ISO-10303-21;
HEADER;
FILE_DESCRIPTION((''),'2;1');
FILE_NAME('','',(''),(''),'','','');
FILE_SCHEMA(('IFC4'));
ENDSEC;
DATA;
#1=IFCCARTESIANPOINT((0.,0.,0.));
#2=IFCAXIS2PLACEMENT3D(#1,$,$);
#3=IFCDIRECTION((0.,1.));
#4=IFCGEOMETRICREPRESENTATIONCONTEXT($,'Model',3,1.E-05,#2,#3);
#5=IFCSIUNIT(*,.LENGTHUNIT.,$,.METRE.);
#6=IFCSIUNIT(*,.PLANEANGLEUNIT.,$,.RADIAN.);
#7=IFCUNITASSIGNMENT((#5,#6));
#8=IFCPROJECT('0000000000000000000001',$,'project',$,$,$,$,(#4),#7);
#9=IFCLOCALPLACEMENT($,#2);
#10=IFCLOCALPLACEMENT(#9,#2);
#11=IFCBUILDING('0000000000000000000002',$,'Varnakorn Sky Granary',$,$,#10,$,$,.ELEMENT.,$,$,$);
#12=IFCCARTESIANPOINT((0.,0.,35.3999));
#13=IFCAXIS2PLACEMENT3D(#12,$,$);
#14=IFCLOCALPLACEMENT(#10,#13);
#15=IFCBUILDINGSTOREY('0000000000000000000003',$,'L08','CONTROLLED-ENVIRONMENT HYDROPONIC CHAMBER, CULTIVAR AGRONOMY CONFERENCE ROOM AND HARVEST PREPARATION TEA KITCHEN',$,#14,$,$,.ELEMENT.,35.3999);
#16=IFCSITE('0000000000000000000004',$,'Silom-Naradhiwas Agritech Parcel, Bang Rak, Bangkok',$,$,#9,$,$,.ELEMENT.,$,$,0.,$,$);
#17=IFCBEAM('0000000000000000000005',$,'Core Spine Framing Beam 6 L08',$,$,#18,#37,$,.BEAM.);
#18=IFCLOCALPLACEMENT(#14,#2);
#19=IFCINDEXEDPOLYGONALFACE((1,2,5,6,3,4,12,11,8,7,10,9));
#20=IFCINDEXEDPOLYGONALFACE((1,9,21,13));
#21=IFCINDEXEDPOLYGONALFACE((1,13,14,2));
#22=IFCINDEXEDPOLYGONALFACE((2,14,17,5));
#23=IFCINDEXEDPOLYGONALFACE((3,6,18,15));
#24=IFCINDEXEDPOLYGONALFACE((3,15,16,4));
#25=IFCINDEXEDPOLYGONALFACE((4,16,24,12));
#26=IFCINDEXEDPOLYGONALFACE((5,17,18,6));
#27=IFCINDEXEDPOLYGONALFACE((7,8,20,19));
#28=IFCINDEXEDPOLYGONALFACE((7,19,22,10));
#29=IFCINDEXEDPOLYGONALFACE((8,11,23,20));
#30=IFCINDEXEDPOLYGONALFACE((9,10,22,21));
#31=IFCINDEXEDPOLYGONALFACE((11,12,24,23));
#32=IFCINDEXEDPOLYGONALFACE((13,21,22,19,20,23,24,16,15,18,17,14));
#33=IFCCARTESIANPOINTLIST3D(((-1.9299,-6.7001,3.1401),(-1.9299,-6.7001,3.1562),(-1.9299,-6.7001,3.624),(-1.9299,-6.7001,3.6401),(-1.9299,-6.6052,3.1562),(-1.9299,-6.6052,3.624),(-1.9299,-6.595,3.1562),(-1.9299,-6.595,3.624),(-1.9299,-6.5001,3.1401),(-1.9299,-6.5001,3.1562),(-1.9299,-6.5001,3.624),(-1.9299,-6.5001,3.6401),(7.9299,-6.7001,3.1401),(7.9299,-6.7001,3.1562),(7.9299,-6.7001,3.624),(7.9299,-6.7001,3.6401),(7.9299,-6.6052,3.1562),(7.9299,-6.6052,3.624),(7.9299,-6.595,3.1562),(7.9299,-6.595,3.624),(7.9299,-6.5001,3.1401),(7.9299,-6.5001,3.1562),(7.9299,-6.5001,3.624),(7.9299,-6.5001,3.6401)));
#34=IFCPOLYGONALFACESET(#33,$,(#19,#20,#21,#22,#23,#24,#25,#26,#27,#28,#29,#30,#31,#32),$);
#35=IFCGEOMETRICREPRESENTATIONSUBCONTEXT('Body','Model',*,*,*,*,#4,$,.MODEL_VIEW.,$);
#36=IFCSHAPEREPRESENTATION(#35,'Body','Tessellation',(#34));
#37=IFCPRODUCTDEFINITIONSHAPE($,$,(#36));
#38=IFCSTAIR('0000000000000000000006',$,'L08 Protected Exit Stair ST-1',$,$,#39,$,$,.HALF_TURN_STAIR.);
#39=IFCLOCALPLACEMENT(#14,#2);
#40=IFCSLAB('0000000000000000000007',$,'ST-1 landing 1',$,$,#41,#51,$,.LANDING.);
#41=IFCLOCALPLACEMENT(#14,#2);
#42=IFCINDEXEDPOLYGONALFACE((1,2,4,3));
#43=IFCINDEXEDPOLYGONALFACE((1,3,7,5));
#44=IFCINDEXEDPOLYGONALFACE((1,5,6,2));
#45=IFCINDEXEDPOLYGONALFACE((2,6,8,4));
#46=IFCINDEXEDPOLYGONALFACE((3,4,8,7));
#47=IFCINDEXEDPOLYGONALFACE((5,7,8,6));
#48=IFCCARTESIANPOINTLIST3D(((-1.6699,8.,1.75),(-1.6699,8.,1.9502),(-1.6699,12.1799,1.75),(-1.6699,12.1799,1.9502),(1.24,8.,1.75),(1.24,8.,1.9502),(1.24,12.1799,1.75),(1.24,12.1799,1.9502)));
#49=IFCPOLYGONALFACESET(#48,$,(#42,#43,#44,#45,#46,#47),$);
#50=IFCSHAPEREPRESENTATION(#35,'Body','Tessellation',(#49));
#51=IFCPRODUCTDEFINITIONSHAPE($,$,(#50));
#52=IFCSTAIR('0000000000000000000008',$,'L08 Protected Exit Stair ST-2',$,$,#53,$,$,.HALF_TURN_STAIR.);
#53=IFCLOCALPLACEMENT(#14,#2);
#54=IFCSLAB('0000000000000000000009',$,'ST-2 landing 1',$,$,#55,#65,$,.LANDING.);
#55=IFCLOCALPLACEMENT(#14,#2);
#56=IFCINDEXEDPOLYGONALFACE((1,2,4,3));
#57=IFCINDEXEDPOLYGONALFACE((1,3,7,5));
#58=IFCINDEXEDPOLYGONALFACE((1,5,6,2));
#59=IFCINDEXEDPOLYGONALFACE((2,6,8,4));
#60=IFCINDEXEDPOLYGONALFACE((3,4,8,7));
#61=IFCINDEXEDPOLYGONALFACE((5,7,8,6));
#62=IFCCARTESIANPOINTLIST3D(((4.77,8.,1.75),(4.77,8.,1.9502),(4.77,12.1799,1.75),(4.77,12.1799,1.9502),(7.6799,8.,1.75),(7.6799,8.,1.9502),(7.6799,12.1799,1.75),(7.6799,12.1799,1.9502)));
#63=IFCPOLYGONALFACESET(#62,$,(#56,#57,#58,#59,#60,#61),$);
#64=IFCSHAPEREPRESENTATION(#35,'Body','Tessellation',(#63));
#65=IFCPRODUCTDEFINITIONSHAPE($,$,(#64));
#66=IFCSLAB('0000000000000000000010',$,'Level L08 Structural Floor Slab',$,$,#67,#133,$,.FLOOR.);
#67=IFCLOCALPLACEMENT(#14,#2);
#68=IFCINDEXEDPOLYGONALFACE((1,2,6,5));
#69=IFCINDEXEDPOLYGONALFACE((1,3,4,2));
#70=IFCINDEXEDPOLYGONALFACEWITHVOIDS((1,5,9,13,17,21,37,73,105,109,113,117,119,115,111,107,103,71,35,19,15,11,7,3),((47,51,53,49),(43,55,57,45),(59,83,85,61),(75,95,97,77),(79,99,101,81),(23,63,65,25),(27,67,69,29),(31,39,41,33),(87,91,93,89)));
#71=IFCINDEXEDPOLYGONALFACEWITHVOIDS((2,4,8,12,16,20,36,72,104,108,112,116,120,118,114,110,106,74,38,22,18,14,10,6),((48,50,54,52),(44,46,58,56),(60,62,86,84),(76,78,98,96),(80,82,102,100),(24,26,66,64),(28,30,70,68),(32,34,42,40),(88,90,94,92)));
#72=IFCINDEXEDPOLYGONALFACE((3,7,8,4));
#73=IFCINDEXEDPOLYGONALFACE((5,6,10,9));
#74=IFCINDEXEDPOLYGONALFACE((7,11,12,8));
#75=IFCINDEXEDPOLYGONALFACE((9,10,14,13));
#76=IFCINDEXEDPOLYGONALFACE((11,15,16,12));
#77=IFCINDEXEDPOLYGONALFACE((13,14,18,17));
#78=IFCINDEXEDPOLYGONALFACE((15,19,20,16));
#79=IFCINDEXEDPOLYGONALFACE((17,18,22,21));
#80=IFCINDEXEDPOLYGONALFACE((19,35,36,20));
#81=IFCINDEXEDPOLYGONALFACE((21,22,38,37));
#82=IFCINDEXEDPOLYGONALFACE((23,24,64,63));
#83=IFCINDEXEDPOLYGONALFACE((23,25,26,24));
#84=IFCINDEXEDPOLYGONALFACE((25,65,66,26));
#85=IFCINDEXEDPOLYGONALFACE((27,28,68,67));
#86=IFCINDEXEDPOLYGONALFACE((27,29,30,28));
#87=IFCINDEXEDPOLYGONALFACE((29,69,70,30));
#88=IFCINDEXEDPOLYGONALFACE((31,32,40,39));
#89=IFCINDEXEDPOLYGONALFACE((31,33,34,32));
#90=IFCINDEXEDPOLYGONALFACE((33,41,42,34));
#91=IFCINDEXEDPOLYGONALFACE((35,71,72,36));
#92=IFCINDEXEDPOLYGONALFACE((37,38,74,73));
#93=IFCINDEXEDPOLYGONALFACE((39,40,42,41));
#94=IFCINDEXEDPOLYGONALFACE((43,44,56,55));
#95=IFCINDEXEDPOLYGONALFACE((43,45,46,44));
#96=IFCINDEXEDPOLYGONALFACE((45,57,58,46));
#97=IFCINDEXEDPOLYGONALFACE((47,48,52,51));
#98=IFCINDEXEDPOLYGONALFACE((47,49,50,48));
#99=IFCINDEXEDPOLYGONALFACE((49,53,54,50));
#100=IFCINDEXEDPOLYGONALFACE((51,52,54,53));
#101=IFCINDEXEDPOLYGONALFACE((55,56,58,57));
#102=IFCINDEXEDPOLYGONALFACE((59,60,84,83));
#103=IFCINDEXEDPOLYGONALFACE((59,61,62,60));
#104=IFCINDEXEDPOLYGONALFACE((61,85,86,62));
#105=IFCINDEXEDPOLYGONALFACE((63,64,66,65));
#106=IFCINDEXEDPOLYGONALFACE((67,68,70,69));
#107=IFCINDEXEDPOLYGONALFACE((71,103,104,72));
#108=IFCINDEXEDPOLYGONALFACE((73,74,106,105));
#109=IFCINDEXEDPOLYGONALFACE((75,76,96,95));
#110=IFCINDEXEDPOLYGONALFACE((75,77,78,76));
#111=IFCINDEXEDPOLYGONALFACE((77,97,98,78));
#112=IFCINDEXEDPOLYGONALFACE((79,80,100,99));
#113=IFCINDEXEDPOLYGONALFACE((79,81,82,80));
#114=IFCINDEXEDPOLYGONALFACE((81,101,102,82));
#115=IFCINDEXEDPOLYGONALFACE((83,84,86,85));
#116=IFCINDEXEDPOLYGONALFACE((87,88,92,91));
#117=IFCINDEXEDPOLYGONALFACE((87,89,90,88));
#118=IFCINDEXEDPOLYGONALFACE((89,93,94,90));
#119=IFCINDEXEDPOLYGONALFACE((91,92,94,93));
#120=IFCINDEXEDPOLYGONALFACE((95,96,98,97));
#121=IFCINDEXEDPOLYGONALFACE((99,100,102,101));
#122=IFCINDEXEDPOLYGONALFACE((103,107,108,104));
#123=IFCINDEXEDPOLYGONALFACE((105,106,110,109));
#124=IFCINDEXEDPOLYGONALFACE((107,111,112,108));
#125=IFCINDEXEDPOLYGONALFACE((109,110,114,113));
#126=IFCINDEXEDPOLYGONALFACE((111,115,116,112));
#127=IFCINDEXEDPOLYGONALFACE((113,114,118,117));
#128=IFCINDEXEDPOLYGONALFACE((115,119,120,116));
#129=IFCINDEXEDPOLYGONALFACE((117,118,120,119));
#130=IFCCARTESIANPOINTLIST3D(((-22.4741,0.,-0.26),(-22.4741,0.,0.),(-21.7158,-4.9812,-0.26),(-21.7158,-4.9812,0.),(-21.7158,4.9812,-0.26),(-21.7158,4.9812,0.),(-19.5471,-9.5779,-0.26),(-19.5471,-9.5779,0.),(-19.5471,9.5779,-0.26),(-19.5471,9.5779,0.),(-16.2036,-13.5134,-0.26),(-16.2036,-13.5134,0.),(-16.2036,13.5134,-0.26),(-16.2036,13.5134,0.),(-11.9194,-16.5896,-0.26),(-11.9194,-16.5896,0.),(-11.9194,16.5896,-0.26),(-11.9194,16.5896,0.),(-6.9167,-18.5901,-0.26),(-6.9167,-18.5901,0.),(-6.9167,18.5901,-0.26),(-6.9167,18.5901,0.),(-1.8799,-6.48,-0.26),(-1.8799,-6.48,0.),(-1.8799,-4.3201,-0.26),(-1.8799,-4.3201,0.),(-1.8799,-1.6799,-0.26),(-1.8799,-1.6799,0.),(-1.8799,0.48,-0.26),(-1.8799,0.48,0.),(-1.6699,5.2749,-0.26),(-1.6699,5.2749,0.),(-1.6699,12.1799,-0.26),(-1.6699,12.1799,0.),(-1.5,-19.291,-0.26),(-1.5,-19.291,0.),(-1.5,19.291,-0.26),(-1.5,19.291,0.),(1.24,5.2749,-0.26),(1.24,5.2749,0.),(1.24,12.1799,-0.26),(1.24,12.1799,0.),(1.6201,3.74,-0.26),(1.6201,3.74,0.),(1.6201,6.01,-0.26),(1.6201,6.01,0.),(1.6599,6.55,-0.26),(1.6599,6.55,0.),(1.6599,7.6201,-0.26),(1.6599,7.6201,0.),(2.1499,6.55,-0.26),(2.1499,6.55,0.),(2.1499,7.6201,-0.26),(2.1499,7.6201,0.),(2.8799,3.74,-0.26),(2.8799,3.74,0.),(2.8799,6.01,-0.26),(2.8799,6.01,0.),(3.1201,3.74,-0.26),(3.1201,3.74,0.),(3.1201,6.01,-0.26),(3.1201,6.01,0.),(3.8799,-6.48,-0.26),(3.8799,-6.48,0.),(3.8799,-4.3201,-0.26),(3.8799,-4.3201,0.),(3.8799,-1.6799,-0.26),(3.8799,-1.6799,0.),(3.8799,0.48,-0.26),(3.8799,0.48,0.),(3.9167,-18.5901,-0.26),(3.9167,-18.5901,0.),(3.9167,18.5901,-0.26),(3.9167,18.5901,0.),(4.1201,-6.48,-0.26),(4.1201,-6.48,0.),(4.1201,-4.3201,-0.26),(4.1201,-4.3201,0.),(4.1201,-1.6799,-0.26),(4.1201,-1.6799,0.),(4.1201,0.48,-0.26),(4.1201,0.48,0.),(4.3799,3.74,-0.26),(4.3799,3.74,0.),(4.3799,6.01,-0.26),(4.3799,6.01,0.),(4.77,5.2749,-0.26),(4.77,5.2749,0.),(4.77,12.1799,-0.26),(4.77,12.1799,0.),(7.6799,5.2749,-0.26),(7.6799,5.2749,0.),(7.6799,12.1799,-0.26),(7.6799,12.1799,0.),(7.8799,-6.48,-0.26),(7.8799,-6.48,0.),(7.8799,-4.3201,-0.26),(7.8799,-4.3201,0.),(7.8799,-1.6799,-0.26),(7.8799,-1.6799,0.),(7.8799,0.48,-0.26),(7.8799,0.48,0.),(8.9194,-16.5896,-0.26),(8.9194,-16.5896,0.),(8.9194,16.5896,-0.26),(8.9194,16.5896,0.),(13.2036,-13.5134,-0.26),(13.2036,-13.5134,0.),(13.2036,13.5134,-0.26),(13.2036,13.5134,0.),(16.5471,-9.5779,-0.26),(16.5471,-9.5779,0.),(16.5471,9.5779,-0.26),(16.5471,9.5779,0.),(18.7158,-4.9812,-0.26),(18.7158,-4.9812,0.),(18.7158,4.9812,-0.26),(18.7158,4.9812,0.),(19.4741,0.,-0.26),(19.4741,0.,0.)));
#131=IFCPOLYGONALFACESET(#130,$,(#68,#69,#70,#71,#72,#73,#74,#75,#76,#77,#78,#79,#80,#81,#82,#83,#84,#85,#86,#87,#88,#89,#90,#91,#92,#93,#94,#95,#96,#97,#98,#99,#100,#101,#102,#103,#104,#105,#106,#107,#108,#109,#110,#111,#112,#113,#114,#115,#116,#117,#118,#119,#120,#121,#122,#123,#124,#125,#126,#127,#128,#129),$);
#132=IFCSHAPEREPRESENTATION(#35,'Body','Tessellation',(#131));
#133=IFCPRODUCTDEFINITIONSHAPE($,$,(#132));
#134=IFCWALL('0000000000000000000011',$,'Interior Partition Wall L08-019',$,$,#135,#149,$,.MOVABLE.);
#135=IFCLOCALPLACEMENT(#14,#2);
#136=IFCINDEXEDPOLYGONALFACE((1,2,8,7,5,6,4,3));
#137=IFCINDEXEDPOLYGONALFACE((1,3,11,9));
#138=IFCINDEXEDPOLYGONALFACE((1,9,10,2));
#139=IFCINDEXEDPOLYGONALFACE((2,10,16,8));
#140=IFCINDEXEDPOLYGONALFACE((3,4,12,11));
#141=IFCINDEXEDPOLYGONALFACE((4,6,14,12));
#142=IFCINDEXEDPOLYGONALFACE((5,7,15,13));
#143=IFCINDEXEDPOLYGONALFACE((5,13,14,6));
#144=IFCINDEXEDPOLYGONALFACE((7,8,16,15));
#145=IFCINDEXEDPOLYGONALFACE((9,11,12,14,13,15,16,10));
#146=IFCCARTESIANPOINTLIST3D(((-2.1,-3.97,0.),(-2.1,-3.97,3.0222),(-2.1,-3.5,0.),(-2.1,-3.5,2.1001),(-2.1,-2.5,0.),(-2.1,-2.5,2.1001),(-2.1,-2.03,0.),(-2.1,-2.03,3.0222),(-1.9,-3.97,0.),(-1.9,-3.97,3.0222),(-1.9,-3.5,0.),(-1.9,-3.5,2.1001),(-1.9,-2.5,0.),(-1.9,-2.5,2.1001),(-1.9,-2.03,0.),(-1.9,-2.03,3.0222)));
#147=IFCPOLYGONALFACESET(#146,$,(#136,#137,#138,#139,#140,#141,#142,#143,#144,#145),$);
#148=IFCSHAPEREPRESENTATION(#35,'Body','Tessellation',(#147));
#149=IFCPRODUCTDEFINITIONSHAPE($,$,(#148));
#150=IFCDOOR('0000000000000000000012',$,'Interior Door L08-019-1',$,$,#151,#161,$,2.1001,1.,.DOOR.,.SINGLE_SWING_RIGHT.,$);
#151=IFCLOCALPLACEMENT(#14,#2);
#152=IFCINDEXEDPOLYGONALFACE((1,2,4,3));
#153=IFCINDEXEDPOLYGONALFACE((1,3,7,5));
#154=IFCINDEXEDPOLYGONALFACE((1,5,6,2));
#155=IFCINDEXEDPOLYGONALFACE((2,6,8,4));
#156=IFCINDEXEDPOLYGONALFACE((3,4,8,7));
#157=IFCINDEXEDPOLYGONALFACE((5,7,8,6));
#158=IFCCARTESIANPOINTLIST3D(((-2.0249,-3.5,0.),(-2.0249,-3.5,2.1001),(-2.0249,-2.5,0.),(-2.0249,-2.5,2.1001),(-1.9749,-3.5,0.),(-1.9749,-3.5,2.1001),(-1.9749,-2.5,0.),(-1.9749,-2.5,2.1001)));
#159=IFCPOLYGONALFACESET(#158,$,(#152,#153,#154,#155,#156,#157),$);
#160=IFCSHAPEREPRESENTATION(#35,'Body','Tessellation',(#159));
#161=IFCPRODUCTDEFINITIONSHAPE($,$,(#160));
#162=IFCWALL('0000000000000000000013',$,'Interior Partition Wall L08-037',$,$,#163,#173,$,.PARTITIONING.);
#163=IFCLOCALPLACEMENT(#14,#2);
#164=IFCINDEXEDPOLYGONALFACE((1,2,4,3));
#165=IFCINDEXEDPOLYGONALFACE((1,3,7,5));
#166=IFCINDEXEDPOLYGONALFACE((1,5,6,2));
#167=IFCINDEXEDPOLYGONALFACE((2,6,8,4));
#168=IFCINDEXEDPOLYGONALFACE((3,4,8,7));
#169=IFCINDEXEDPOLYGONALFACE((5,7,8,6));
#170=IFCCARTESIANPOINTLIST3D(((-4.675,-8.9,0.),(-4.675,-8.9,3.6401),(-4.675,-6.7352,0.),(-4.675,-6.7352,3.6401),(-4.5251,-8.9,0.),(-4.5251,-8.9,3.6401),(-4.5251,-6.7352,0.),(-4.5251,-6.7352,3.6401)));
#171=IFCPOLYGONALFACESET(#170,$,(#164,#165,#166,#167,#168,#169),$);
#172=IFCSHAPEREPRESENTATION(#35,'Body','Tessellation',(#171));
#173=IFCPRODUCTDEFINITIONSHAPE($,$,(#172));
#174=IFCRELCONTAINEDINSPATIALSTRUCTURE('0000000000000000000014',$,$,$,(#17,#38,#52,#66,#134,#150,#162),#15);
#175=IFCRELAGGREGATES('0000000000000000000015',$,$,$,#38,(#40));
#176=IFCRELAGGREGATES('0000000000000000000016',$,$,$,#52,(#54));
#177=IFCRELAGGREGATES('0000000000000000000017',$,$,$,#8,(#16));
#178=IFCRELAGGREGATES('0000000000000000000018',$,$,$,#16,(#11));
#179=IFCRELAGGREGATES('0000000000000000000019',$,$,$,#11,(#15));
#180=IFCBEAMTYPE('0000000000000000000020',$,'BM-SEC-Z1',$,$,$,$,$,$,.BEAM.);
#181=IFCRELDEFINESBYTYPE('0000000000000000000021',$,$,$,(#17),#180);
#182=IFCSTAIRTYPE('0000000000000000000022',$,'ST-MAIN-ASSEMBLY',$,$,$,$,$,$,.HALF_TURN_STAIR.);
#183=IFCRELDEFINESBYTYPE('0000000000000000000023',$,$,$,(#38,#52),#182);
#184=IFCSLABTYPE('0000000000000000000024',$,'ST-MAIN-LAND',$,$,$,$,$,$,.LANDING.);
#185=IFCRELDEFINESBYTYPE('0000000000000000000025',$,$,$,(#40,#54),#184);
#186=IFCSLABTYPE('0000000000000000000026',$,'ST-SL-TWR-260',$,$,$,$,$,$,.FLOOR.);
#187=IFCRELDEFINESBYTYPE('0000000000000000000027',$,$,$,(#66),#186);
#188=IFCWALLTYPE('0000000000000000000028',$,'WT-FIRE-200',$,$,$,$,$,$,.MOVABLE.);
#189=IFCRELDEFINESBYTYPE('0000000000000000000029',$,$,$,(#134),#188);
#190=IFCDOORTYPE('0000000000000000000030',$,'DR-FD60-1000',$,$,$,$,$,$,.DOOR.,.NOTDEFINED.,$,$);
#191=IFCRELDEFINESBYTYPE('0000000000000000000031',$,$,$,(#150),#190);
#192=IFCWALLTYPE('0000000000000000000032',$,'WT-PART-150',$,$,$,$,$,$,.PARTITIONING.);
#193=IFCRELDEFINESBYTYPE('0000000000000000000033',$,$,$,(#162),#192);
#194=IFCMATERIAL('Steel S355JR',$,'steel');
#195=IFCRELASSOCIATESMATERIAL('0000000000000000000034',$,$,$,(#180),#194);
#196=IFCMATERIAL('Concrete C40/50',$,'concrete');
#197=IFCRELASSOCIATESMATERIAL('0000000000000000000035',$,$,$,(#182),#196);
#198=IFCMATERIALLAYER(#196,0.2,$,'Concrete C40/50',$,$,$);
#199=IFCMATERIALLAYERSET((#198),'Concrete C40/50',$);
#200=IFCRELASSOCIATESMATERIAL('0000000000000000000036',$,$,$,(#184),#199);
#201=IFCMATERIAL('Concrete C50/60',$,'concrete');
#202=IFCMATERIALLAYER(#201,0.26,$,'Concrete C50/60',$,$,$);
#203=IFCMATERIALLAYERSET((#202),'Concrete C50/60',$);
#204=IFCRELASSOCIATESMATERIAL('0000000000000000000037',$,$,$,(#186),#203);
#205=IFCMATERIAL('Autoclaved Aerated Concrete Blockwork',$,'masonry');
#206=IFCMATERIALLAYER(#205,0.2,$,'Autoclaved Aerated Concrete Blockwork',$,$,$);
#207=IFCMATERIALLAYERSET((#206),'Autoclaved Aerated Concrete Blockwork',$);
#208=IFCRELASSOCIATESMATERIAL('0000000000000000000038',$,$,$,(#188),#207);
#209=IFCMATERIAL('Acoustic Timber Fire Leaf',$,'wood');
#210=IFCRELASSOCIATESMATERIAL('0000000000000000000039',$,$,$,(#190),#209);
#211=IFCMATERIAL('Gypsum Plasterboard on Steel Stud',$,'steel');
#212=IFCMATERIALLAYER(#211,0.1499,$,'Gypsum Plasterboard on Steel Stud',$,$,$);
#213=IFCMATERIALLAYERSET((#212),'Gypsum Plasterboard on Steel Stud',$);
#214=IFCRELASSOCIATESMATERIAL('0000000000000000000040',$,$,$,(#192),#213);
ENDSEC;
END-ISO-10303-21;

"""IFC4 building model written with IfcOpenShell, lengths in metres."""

from ifc_helpers import new_model, si_unit, direction, frame, frame_2d, origin, origin_2d, place, context, subcontext, project, spatial, polyline, rectangle, i_section, outline, extrude, material, layer, layer_set, material_profile, profile_set, type_object, element, fill, aggregate, save


model = new_model("IFC4")

# Units and contexts
model_context = context("Model", 3, precision=1e-05, world=origin(), true_north=direction((0.0, 1.0)))
body_context = subcontext(model_context, "Body", "Model", "MODEL_VIEW")
ifc_project = project(units=[si_unit("LENGTHUNIT", "METRE"), si_unit("PLANEANGLEUNIT", "RADIAN")], contexts=[model_context])

# Site, building, storey
site_placement = place(None, origin())
site = spatial("IfcSite", under=ifc_project, at=site_placement, Name="Silom-Naradhiwas Agritech Parcel, Bang Rak, Bangkok", CompositionType="ELEMENT", RefElevation=0.0)
building_placement = place(site_placement, origin())
building = spatial("IfcBuilding", under=site, at=building_placement, Name="Varnakorn Sky Granary", CompositionType="ELEMENT")
storey_placement = place(building_placement, frame((0.0, 0.0, 35.3999)))
storey = spatial("IfcBuildingStorey", under=building, at=storey_placement, Name="L08", Description="CONTROLLED-ENVIRONMENT HYDROPONIC CHAMBER, CULTIVAR AGRONOMY CONFERENCE ROOM AND HARVEST PREPARATION TEA KITCHEN", CompositionType="ELEMENT", Elevation=35.3999)

# Beam
ifc_material_1 = material(Name="Steel S355JR", Category="steel")
ifc_material_profile_1 = material_profile(ifc_material_1, i_section(OverallWidth=0.2, OverallDepth=0.5, WebThickness=0.0103, FlangeThickness=0.0161, at=origin_2d()), Name="IPE 500")
ifc_profile_set_1 = profile_set([ifc_material_profile_1], Name="Steel S355JR")
beam_type_1 = type_object("IfcBeamType", Name="BM-SEC-Z1", PredefinedType="BEAM", material=ifc_profile_set_1)
beam_1_placement = place(storey_placement, frame((-1.9299, -6.6001, 3.3901), z_axis=(1.0, 0.0, 0.0), x_axis=(0.0, 1.0, 0.0)))
element("IfcBeam", 1, at=beam_1_placement, inside=storey, type_object=beam_type_1, Name="Core Spine Framing Beam 6 L08", PredefinedType="BEAM", context=body_context, shape_type="SweptSolid", body=[
    extrude(i_section(OverallWidth=0.2, OverallDepth=0.5, WebThickness=0.0103, FlangeThickness=0.0161, at=origin_2d()), origin(), (0.0, 0.0, 1.0), 9.8599),
])

# Stairs, slabs
ifc_material_2 = material(Name="Concrete C40/50", Category="concrete")
stair_type = type_object("IfcStairType", Name="ST-MAIN-ASSEMBLY", PredefinedType="HALF_TURN_STAIR", material=ifc_material_2)
stair_1_placement = place(storey_placement, origin())
stair_1 = element("IfcStair", 2, at=stair_1_placement, inside=storey, type_object=stair_type, Name="L08 Protected Exit Stair ST-1", PredefinedType="HALF_TURN_STAIR")
ifc_layer_1 = layer(ifc_material_2, 0.2, Name="Concrete C40/50")
ifc_layer_set_1 = layer_set([ifc_layer_1], Name="Concrete C40/50")
slab_type_1 = type_object("IfcSlabType", Name="ST-MAIN-LAND", PredefinedType="LANDING", material=ifc_layer_set_1)
slab_1_placement = place(storey_placement, frame((0.0, 0.0, 1.75)))
slab_1 = element("IfcSlab", 3, at=slab_1_placement, type_object=slab_type_1, Name="ST-1 landing 1", PredefinedType="LANDING", context=body_context, shape_type="SweptSolid", body=[
    extrude(outline(polyline([(1.24, 8.0), (1.24, 12.1799), (-1.6699, 12.1799), (-1.6699, 8.0), (1.24, 8.0)])), origin(), (0.0, 0.0, 1.0), 0.2002),
])
aggregate(stair_1, [slab_1])
stair_2_placement = place(storey_placement, origin())
stair_2 = element("IfcStair", 4, at=stair_2_placement, inside=storey, type_object=stair_type, Name="L08 Protected Exit Stair ST-2", PredefinedType="HALF_TURN_STAIR")
slab_2_placement = place(storey_placement, frame((0.0, 0.0, 1.75)))
slab_2 = element("IfcSlab", 5, at=slab_2_placement, type_object=slab_type_1, Name="ST-2 landing 1", PredefinedType="LANDING", context=body_context, shape_type="SweptSolid", body=[
    extrude(outline(polyline([(7.6799, 8.0), (7.6799, 12.1799), (4.77, 12.1799), (4.77, 8.0), (7.6799, 8.0)])), origin(), (0.0, 0.0, 1.0), 0.2002),
])
aggregate(stair_2, [slab_2])

# Slab
ifc_material_3 = material(Name="Concrete C50/60", Category="concrete")
ifc_layer_2 = layer(ifc_material_3, 0.26, Name="Concrete C50/60")
ifc_layer_set_2 = layer_set([ifc_layer_2], Name="Concrete C50/60")
slab_type_2 = type_object("IfcSlabType", Name="ST-SL-TWR-260", PredefinedType="FLOOR", material=ifc_layer_set_2)
slab_3_placement = place(storey_placement, frame((0.0, 0.0, -0.26)))
element("IfcSlab", 6, at=slab_3_placement, inside=storey, type_object=slab_type_2, Name="Level L08 Structural Floor Slab", PredefinedType="FLOOR", context=body_context, shape_type="SweptSolid", body=[
    extrude(outline(polyline([(19.4741, 0.0), (18.7158, 4.9812), (16.5471, 9.5779), (13.2036, 13.5134), (8.9194, 16.5896), (3.9167, 18.5901), (-1.5, 19.291), (-6.9167, 18.5901), (-11.9194, 16.5896), (-16.2036, 13.5134), (-19.5471, 9.5779), (-21.7158, 4.9812), (-22.4741, 0.0), (-21.7158, -4.9812), (-19.5471, -9.5779), (-16.2036, -13.5134), (-11.9194, -16.5896), (-6.9167, -18.5901), (-1.5, -19.291), (3.9167, -18.5901), (8.9194, -16.5896), (13.2036, -13.5134), (16.5471, -9.5779), (18.7158, -4.9812), (19.4741, 0.0)]), holes=[polyline([(1.24, 5.2749), (1.24, 12.1799), (-1.6699, 12.1799), (-1.6699, 5.2749), (1.24, 5.2749)]), polyline([(7.6799, 5.2749), (7.6799, 12.1799), (4.77, 12.1799), (4.77, 5.2749), (7.6799, 5.2749)]), polyline([(1.6599, 6.55), (2.1499, 6.55), (2.1499, 7.6201), (1.6599, 7.6201), (1.6599, 6.55)]), polyline([(1.6201, 3.74), (2.8799, 3.74), (2.8799, 6.01), (1.6201, 6.01), (1.6201, 3.74)]), polyline([(3.1201, 3.74), (4.3799, 3.74), (4.3799, 6.01), (3.1201, 6.01), (3.1201, 3.74)]), polyline([(-1.8799, -1.6799), (3.8799, -1.6799), (3.8799, 0.48), (-1.8799, 0.48), (-1.8799, -1.6799)]), polyline([(4.1201, -1.6799), (7.8799, -1.6799), (7.8799, 0.48), (4.1201, 0.48), (4.1201, -1.6799)]), polyline([(-1.8799, -6.48), (3.8799, -6.48), (3.8799, -4.3201), (-1.8799, -4.3201), (-1.8799, -6.48)]), polyline([(4.1201, -6.48), (7.8799, -6.48), (7.8799, -4.3201), (4.1201, -4.3201), (4.1201, -6.48)])]), origin(), (0.0, 0.0, 1.0), 0.26),
])

# Wall, opening, door
ifc_material_4 = material(Name="Autoclaved Aerated Concrete Blockwork", Category="masonry")
ifc_layer_3 = layer(ifc_material_4, 0.2, Name="Autoclaved Aerated Concrete Blockwork")
ifc_layer_set_3 = layer_set([ifc_layer_3], Name="Autoclaved Aerated Concrete Blockwork")
wall_type_1 = type_object("IfcWallType", Name="WT-FIRE-200", PredefinedType="MOVABLE", material=ifc_layer_set_3)
wall_1_placement = place(storey_placement, frame((-2.0, -3.97, 0.0), z_axis=(0.0, 0.0, 1.0), x_axis=(0.0, 1.0, 0.0)))
wall_1 = element("IfcWall", 7, at=wall_1_placement, inside=storey, type_object=wall_type_1, Name="Interior Partition Wall L08-019", PredefinedType="MOVABLE", context=body_context, shape_type="SweptSolid", body=[
    extrude(rectangle(XDim=1.9399, YDim=0.2, at=frame_2d((0.97, 0.0))), origin(), (0.0, 0.0, 1.0), 3.0222),
])
opening_1_placement = place(wall_1_placement, frame((0.47, 0.0, 0.0)))
opening_1 = element("IfcOpeningElement", 8, at=opening_1_placement, cuts=wall_1, PredefinedType="OPENING", context=body_context, shape_type="SweptSolid", body=[
    extrude(rectangle(XDim=1.0, YDim=2.1001, at=frame_2d((0.5, 1.05))), frame((0.0, 0.1099, 0.0), z_axis=(0.0, -1.0, 0.0), x_axis=(1.0, 0.0, 0.0)), (0.0, 0.0, 1.0), 0.22),
])
ifc_material_5 = material(Name="Acoustic Timber Fire Leaf", Category="wood")
door_type_1 = type_object("IfcDoorType", Name="DR-FD60-1000", OperationType="NOTDEFINED", PredefinedType="DOOR", material=ifc_material_5)
door_1_placement = place(opening_1_placement, origin())
door_1 = element("IfcDoor", 9, at=door_1_placement, inside=storey, type_object=door_type_1, Name="Interior Door L08-019-1", OperationType="SINGLE_SWING_RIGHT", OverallHeight=2.1001, OverallWidth=1.0, PredefinedType="DOOR", context=body_context, shape_type="SweptSolid", body=[
    extrude(rectangle(XDim=1.0, YDim=2.1001, at=frame_2d((0.5, 1.05))), frame((0.0, 0.0249, 0.0), z_axis=(0.0, -1.0, 0.0), x_axis=(1.0, 0.0, 0.0)), (0.0, 0.0, 1.0), 0.05),
])
fill(opening_1, door_1)

# Wall
ifc_material_6 = material(Name="Gypsum Plasterboard on Steel Stud", Category="steel")
ifc_layer_4 = layer(ifc_material_6, 0.1499, Name="Gypsum Plasterboard on Steel Stud")
ifc_layer_set_4 = layer_set([ifc_layer_4], Name="Gypsum Plasterboard on Steel Stud")
wall_type_2 = type_object("IfcWallType", Name="WT-PART-150", PredefinedType="PARTITIONING", material=ifc_layer_set_4)
wall_2_placement = place(storey_placement, frame((-4.6001, -6.7351, 0.0), z_axis=(0.0, 0.0, 1.0), x_axis=(0.0, -1.0, 0.0)))
element("IfcWall", 10, at=wall_2_placement, inside=storey, type_object=wall_type_2, Name="Interior Partition Wall L08-037", PredefinedType="PARTITIONING", context=body_context, shape_type="SweptSolid", body=[
    extrude(rectangle(XDim=2.1648, YDim=0.1499, at=frame_2d((1.0825, 0.0))), origin(), (0.0, 0.0, 1.0), 3.6401),
])

save(model, "model.ifc")
